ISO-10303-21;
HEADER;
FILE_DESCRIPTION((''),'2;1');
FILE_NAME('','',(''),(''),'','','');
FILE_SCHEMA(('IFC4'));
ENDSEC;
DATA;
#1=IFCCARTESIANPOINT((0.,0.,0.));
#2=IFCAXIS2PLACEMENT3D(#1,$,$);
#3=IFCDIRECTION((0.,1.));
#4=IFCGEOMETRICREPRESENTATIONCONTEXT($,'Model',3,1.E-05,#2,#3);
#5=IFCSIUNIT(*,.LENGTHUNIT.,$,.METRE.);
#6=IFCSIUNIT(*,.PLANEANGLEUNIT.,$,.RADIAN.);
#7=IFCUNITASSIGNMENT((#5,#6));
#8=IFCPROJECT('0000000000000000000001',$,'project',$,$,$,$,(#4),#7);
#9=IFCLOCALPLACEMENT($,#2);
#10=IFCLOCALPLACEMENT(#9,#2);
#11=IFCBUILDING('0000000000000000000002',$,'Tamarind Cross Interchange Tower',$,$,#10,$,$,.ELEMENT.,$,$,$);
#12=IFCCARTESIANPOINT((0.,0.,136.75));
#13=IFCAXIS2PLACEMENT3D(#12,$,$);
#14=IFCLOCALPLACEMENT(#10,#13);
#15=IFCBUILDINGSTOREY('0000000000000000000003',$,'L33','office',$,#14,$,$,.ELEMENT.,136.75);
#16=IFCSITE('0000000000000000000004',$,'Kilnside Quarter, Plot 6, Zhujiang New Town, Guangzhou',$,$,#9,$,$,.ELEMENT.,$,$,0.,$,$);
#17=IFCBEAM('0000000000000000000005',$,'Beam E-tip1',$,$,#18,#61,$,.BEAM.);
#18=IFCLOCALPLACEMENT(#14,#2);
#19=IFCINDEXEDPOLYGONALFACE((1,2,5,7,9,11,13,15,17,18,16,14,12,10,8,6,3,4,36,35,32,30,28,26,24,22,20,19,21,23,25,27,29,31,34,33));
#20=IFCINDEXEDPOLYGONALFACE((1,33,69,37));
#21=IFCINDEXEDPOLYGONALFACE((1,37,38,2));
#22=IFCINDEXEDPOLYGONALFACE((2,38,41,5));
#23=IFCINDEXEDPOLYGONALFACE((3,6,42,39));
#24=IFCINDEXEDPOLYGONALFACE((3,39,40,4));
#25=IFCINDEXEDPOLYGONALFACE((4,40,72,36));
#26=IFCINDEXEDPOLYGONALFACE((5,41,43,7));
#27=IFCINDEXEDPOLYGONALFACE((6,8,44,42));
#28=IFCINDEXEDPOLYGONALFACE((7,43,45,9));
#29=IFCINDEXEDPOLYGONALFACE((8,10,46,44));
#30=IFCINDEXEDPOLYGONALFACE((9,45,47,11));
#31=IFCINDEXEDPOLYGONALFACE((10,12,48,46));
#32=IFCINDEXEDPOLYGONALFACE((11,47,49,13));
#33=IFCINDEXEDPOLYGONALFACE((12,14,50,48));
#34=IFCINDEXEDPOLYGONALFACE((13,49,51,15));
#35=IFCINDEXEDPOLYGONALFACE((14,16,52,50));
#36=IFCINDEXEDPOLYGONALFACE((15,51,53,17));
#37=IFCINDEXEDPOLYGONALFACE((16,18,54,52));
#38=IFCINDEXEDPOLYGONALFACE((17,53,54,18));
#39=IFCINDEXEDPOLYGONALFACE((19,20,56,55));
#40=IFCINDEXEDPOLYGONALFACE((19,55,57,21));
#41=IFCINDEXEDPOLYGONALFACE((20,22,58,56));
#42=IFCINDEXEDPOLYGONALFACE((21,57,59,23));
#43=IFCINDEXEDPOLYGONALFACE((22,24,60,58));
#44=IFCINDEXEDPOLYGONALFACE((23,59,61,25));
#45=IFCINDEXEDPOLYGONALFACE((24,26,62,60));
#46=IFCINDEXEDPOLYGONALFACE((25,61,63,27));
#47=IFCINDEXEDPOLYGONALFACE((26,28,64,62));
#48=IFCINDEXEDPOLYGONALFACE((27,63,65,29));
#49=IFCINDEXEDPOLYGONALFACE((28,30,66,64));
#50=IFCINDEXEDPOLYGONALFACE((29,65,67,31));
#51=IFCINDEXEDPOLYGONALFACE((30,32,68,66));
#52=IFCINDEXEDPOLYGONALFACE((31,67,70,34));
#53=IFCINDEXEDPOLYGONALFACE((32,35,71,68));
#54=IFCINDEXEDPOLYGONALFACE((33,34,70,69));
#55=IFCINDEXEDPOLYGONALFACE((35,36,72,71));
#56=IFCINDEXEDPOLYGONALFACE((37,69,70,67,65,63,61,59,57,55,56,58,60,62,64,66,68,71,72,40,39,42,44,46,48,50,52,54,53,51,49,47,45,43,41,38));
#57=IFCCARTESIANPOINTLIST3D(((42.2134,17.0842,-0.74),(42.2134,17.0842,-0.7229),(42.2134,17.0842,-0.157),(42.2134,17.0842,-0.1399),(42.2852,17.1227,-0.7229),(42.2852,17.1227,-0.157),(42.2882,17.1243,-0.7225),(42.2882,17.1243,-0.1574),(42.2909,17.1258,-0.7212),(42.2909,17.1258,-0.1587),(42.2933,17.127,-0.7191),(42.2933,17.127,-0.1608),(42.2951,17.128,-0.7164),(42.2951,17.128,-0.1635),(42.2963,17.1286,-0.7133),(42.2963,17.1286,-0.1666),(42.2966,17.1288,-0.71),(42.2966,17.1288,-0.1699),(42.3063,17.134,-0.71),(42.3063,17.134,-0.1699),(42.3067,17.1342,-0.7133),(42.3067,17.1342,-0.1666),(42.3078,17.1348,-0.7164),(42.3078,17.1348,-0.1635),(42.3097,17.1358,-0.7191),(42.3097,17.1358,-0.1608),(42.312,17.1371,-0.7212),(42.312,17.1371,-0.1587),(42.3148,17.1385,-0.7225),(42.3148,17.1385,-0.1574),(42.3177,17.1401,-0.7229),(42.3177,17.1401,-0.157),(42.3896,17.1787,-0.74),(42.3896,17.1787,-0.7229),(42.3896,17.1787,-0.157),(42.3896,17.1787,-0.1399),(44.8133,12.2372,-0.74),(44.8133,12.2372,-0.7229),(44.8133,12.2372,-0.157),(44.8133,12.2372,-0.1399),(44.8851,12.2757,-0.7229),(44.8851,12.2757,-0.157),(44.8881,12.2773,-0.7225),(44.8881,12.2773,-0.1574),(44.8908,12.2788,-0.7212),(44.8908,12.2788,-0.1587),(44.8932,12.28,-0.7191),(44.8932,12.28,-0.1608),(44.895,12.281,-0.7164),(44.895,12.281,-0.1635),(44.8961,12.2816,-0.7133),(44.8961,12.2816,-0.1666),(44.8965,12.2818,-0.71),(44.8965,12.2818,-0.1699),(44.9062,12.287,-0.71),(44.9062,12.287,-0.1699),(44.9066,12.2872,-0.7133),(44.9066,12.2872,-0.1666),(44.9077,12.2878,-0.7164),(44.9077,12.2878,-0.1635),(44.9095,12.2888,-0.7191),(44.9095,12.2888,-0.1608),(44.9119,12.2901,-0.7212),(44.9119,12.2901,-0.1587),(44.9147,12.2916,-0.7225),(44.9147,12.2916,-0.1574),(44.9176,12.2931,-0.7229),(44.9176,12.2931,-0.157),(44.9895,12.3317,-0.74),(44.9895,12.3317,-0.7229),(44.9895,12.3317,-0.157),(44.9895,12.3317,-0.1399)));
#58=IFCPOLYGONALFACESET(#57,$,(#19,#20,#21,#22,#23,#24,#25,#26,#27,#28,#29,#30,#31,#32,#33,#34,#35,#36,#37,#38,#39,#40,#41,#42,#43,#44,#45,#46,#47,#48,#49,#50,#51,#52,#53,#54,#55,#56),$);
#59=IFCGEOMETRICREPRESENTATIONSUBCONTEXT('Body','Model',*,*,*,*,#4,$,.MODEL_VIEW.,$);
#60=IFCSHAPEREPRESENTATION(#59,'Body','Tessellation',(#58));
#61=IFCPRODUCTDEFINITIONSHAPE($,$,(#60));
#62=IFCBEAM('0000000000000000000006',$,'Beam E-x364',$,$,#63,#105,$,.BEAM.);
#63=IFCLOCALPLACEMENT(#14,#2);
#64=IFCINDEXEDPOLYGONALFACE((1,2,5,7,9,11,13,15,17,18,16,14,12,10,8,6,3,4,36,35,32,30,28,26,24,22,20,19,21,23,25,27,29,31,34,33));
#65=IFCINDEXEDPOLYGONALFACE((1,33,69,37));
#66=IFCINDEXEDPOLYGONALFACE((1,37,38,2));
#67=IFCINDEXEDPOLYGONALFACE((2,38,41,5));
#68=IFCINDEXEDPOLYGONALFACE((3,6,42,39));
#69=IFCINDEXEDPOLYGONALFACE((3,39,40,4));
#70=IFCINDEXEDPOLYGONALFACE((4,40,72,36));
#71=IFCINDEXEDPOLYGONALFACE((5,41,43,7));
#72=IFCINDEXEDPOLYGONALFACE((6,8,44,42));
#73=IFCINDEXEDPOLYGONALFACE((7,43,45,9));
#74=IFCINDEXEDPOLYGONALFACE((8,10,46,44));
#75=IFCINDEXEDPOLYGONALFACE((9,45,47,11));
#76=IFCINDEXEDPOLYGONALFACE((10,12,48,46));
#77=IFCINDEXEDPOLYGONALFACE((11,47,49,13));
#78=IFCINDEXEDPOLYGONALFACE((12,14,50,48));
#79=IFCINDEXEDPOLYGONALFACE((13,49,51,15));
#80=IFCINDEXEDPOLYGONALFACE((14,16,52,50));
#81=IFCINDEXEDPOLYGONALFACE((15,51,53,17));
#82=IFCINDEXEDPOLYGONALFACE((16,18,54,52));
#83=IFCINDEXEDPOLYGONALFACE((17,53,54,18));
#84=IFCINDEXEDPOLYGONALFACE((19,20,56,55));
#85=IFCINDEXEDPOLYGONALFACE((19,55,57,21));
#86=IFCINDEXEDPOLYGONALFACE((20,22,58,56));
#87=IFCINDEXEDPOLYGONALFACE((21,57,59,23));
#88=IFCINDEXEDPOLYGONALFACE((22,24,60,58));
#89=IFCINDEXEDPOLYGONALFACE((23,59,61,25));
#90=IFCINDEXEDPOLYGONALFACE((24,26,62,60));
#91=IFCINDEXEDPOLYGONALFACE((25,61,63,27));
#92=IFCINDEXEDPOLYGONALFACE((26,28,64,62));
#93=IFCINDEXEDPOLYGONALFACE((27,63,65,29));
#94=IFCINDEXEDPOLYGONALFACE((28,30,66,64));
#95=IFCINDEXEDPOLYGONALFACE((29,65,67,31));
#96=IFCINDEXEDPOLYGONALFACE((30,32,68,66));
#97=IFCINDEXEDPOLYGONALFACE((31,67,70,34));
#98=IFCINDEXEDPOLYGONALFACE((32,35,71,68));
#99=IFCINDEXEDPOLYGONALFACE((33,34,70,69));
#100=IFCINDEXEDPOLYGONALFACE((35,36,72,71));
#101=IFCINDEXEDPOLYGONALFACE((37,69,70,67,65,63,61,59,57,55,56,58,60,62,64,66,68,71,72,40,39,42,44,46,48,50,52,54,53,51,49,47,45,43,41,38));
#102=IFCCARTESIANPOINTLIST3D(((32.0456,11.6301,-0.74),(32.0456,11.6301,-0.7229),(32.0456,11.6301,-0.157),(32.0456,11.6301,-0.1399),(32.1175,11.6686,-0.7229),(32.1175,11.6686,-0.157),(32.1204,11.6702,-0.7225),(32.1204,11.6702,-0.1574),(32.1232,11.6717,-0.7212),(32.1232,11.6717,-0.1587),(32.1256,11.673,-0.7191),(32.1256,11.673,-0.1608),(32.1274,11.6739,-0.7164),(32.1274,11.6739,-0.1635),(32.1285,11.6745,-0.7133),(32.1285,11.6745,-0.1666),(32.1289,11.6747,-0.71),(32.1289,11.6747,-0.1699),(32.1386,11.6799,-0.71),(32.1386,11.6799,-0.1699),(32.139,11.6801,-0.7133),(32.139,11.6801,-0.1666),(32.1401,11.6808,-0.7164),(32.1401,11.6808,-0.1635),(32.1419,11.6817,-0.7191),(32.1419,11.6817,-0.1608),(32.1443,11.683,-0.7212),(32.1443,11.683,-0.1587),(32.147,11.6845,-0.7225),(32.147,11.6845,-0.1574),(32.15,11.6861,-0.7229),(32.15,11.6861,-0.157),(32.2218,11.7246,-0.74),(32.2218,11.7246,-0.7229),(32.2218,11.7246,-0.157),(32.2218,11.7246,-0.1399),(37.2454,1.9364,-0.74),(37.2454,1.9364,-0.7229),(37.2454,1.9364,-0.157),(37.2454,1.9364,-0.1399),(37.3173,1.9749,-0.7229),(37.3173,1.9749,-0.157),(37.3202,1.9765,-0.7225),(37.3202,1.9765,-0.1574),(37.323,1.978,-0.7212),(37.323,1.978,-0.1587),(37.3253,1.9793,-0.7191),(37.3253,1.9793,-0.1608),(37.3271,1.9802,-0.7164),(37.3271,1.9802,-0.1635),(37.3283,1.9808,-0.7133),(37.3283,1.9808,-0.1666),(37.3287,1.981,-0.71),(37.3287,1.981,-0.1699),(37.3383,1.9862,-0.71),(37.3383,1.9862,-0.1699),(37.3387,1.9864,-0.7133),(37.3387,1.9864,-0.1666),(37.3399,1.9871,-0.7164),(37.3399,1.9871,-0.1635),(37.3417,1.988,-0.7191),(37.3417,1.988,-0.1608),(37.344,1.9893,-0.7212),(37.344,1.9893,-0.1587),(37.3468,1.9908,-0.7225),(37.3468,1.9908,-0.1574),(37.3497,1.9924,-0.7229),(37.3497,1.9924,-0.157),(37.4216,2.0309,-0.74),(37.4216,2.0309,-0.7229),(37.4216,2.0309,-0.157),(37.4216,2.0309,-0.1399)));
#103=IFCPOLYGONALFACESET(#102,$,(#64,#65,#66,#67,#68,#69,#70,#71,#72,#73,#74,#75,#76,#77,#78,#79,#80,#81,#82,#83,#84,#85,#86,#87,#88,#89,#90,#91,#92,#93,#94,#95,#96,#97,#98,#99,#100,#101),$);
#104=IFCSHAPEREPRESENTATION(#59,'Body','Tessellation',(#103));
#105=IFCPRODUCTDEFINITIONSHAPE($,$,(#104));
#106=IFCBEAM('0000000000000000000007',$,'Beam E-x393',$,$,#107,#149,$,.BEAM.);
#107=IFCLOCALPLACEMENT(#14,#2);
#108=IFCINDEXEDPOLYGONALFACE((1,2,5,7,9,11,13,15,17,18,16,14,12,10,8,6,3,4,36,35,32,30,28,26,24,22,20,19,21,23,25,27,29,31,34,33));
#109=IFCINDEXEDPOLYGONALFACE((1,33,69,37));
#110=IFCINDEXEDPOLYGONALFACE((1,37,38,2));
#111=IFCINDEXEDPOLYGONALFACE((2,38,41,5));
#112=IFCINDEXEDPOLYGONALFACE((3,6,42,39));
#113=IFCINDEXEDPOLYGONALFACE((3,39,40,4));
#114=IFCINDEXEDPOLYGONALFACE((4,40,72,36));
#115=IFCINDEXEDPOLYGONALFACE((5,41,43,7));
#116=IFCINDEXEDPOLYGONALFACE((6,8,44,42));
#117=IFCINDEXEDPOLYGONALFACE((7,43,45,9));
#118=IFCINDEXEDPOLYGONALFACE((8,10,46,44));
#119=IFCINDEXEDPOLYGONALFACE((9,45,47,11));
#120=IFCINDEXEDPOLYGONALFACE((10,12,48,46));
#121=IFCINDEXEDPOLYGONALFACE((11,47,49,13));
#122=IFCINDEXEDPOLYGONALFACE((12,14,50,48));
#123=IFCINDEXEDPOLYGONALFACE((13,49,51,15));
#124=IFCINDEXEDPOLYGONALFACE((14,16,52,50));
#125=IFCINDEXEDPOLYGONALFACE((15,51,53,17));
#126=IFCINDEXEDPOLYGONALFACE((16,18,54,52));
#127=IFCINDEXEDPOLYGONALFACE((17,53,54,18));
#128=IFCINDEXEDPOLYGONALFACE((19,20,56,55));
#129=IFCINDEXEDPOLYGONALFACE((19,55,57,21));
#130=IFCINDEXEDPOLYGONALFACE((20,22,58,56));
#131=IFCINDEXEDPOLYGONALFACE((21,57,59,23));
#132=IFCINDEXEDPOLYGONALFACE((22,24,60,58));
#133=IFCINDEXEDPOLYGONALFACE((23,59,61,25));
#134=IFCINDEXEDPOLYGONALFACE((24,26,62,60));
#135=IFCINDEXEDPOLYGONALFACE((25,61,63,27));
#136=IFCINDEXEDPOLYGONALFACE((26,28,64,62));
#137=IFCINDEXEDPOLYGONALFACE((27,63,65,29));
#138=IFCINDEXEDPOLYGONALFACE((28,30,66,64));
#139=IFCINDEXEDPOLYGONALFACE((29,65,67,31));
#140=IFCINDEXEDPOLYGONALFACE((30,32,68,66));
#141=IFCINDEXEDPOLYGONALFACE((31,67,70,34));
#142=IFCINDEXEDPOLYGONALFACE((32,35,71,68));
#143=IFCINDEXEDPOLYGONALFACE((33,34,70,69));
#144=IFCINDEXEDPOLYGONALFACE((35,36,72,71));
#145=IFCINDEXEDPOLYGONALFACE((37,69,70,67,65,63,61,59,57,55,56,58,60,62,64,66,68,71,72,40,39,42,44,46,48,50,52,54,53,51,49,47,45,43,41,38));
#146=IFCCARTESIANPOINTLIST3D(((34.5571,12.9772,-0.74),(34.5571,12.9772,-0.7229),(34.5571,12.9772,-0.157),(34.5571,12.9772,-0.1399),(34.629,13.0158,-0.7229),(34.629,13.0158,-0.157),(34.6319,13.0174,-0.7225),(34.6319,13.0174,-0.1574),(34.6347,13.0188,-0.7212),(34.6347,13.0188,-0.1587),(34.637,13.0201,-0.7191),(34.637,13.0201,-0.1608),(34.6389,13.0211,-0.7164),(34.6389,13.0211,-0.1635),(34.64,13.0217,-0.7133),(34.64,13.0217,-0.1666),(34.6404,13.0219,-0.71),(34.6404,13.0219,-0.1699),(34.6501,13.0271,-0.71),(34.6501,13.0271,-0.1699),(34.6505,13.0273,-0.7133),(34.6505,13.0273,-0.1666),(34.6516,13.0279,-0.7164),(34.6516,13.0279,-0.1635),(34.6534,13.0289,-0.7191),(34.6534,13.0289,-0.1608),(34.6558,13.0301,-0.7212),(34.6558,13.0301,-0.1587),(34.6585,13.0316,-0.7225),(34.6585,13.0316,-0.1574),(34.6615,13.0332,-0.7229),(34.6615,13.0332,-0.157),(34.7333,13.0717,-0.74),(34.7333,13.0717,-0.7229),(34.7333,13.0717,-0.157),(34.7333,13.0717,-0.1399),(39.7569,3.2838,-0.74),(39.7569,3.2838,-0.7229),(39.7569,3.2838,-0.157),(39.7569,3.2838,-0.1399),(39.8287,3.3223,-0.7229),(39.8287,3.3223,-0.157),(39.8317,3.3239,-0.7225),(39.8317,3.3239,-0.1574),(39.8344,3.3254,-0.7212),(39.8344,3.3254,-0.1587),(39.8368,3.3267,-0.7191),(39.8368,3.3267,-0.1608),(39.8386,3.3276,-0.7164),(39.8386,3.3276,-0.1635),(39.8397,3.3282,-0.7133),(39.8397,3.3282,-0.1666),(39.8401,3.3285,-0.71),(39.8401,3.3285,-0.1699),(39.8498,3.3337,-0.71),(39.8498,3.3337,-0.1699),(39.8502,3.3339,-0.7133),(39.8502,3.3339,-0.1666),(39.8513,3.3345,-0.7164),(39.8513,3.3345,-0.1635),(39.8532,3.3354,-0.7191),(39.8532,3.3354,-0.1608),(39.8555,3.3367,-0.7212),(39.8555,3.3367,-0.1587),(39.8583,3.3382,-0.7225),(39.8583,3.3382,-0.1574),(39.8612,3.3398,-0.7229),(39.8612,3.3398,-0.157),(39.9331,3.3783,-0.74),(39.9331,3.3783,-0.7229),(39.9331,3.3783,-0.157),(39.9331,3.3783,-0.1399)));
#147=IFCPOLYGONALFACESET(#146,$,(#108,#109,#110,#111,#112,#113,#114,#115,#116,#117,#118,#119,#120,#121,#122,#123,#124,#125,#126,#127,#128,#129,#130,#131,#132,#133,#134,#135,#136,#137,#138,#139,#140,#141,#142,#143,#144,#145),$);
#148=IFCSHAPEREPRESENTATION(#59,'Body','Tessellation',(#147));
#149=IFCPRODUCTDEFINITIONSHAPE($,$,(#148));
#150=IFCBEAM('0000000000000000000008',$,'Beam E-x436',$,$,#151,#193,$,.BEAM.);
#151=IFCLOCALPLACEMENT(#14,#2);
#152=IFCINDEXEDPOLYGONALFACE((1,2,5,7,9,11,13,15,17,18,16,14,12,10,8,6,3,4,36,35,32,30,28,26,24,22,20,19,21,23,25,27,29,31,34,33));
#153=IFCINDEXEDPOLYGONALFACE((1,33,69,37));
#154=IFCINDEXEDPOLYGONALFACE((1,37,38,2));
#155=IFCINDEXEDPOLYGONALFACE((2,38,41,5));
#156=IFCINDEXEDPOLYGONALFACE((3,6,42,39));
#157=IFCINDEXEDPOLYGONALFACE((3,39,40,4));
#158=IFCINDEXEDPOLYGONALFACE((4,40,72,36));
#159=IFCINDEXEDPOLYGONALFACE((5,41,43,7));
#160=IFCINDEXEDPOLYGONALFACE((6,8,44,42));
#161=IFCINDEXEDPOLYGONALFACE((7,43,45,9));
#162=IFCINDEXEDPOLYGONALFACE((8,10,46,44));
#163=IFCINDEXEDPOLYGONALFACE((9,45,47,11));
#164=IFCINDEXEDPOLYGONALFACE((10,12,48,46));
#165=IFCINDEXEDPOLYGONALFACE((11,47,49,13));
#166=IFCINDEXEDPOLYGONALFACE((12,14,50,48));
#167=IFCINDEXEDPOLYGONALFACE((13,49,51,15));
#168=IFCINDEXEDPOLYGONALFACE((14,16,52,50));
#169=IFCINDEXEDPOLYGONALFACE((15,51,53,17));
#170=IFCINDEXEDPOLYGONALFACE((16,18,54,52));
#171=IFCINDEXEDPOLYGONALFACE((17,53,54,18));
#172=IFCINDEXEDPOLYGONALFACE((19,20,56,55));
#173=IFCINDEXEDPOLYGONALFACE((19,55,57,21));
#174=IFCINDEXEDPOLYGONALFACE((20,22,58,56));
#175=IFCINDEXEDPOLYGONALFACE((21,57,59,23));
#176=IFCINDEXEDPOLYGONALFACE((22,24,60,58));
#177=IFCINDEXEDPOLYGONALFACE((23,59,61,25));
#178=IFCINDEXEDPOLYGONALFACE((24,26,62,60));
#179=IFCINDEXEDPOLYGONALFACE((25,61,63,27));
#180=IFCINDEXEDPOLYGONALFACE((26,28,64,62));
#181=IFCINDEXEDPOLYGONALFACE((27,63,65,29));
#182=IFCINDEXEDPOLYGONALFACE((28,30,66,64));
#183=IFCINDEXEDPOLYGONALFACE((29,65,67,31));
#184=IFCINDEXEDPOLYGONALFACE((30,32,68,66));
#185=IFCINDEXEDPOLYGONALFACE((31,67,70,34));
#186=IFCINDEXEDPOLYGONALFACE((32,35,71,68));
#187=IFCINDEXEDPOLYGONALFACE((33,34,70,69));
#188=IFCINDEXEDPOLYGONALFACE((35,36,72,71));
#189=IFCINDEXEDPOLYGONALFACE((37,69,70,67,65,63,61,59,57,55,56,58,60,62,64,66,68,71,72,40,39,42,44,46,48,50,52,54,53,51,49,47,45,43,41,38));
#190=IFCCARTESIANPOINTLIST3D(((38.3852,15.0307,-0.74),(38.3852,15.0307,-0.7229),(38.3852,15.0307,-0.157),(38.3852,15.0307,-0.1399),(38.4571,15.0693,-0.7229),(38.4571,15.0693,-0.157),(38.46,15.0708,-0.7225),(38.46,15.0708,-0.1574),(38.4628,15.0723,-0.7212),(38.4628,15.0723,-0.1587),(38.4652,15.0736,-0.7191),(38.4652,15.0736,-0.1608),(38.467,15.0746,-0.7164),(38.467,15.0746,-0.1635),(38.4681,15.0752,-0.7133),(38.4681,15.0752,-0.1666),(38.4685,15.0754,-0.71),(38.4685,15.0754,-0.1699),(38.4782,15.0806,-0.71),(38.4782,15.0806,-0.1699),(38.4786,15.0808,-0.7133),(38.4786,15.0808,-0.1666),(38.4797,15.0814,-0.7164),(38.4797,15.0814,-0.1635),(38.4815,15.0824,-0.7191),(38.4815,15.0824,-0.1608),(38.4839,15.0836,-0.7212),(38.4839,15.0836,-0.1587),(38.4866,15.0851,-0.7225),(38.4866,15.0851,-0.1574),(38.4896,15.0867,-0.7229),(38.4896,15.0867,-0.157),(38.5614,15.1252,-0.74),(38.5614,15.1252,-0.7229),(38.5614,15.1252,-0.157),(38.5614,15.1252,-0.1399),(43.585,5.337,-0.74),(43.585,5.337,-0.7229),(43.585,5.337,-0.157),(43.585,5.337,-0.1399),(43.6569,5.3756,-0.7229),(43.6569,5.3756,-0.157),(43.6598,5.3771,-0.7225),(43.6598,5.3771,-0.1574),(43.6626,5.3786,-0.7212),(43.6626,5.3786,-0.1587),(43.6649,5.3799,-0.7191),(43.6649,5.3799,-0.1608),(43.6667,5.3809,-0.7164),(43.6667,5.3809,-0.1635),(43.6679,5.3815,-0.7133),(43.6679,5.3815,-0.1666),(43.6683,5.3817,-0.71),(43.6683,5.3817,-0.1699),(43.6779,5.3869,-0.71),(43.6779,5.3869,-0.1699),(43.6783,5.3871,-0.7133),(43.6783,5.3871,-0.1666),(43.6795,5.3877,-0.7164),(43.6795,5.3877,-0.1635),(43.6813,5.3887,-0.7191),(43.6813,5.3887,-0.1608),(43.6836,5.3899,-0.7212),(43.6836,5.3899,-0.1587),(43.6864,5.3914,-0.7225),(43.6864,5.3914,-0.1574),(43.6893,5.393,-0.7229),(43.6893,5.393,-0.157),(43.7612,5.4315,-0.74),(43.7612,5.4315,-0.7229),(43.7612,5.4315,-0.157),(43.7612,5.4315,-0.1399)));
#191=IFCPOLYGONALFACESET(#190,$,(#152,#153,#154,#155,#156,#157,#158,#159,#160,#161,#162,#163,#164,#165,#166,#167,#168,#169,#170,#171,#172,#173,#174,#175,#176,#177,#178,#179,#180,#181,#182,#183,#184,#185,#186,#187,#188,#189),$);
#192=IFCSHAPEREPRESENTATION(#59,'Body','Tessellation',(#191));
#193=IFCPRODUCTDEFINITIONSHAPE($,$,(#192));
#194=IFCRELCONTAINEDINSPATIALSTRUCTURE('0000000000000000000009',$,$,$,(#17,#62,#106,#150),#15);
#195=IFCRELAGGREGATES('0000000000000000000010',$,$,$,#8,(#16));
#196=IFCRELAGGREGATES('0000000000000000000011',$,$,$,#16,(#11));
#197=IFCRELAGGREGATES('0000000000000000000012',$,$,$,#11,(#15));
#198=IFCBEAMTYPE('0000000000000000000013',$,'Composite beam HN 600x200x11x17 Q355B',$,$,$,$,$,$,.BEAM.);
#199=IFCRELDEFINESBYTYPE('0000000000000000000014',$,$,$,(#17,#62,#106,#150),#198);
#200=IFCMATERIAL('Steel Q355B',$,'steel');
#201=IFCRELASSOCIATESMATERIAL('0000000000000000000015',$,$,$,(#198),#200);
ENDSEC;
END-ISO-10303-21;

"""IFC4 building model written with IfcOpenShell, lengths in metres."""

from ifc_helpers import new_model, si_unit, direction, frame, origin, origin_2d, place, context, subcontext, project, spatial, i_section, extrude, material, material_profile, profile_set, type_object, element, save


model = new_model("IFC4")

# Units and contexts
model_context = context("Model", 3, precision=1e-05, world=origin(), true_north=direction((0.0, 1.0)))
body_context = subcontext(model_context, "Body", "Model", "MODEL_VIEW")
ifc_project = project(units=[si_unit("LENGTHUNIT", "METRE"), si_unit("PLANEANGLEUNIT", "RADIAN")], contexts=[model_context])

# Site, building, storey
site_placement = place(None, origin())
site = spatial("IfcSite", under=ifc_project, at=site_placement, Name="Kilnside Quarter, Plot 6, Zhujiang New Town, Guangzhou", CompositionType="ELEMENT", RefElevation=0.0)
building_placement = place(site_placement, origin())
building = spatial("IfcBuilding", under=site, at=building_placement, Name="Tamarind Cross Interchange Tower", CompositionType="ELEMENT")
storey_placement = place(building_placement, frame((0.0, 0.0, 136.75)))
storey = spatial("IfcBuildingStorey", under=building, at=storey_placement, Name="L33", Description="office", CompositionType="ELEMENT", Elevation=136.75)

# Beams
ifc_material_1 = material(Name="Steel Q355B", Category="steel")
ifc_material_profile_1 = material_profile(ifc_material_1, i_section(OverallWidth=0.2, OverallDepth=0.6001, WebThickness=0.011, FlangeThickness=0.0171, FilletRadius=0.0129, at=origin_2d()), Name="HN 600x200x11x17")
ifc_profile_set_1 = profile_set([ifc_material_profile_1], Name="Steel Q355B")
beam_type_1 = type_object("IfcBeamType", Name="Composite beam HN 600x200x11x17 Q355B", PredefinedType="BEAM", material=ifc_profile_set_1)
beam_1_placement = place(storey_placement, frame((44.9014, 12.2844, -0.4399), z_axis=(-0.472686, 0.881231, 0.0), x_axis=(-0.881231, -0.472686, 0.0)))
element("IfcBeam", 1, at=beam_1_placement, inside=storey, type_object=beam_type_1, Name="Beam E-tip1", PredefinedType="BEAM", context=body_context, shape_type="SweptSolid", body=[
    extrude(i_section(OverallWidth=0.2, OverallDepth=0.6001, WebThickness=0.011, FlangeThickness=0.0171, FilletRadius=0.0129, at=origin_2d()), origin(), (0.0, 0.0, 1.0), 5.5002),
])
beam_2_placement = place(storey_placement, frame((37.3335, 1.9836, -0.4399), z_axis=(-0.472695, 0.881226, 0.0), x_axis=(-0.881226, -0.472695, 0.0)))
element("IfcBeam", 2, at=beam_2_placement, inside=storey, type_object=beam_type_1, Name="Beam E-x364", PredefinedType="BEAM", context=body_context, shape_type="SweptSolid", body=[
    extrude(i_section(OverallWidth=0.2, OverallDepth=0.6001, WebThickness=0.011, FlangeThickness=0.0171, FilletRadius=0.0129, at=origin_2d()), origin(), (0.0, 0.0, 1.0), 11.0002),
])
beam_3_placement = place(storey_placement, frame((39.845, 3.3311, -0.4399), z_axis=(-0.472704, 0.881221, 0.0), x_axis=(-0.881221, -0.472704, 0.0)))
element("IfcBeam", 3, at=beam_3_placement, inside=storey, type_object=beam_type_1, Name="Beam E-x393", PredefinedType="BEAM", context=body_context, shape_type="SweptSolid", body=[
    extrude(i_section(OverallWidth=0.2, OverallDepth=0.6001, WebThickness=0.011, FlangeThickness=0.0171, FilletRadius=0.0129, at=origin_2d()), origin(), (0.0, 0.0, 1.0), 11.0),
])
beam_4_placement = place(storey_placement, frame((43.6731, 5.3843, -0.4399), z_axis=(-0.472695, 0.881226, 0.0), x_axis=(-0.881226, -0.472695, 0.0)))
element("IfcBeam", 4, at=beam_4_placement, inside=storey, type_object=beam_type_1, Name="Beam E-x436", PredefinedType="BEAM", context=body_context, shape_type="SweptSolid", body=[
    extrude(i_section(OverallWidth=0.2, OverallDepth=0.6001, WebThickness=0.011, FlangeThickness=0.0171, FilletRadius=0.0129, at=origin_2d()), origin(), (0.0, 0.0, 1.0), 11.0002),
])

save(model, "model.ifc")
